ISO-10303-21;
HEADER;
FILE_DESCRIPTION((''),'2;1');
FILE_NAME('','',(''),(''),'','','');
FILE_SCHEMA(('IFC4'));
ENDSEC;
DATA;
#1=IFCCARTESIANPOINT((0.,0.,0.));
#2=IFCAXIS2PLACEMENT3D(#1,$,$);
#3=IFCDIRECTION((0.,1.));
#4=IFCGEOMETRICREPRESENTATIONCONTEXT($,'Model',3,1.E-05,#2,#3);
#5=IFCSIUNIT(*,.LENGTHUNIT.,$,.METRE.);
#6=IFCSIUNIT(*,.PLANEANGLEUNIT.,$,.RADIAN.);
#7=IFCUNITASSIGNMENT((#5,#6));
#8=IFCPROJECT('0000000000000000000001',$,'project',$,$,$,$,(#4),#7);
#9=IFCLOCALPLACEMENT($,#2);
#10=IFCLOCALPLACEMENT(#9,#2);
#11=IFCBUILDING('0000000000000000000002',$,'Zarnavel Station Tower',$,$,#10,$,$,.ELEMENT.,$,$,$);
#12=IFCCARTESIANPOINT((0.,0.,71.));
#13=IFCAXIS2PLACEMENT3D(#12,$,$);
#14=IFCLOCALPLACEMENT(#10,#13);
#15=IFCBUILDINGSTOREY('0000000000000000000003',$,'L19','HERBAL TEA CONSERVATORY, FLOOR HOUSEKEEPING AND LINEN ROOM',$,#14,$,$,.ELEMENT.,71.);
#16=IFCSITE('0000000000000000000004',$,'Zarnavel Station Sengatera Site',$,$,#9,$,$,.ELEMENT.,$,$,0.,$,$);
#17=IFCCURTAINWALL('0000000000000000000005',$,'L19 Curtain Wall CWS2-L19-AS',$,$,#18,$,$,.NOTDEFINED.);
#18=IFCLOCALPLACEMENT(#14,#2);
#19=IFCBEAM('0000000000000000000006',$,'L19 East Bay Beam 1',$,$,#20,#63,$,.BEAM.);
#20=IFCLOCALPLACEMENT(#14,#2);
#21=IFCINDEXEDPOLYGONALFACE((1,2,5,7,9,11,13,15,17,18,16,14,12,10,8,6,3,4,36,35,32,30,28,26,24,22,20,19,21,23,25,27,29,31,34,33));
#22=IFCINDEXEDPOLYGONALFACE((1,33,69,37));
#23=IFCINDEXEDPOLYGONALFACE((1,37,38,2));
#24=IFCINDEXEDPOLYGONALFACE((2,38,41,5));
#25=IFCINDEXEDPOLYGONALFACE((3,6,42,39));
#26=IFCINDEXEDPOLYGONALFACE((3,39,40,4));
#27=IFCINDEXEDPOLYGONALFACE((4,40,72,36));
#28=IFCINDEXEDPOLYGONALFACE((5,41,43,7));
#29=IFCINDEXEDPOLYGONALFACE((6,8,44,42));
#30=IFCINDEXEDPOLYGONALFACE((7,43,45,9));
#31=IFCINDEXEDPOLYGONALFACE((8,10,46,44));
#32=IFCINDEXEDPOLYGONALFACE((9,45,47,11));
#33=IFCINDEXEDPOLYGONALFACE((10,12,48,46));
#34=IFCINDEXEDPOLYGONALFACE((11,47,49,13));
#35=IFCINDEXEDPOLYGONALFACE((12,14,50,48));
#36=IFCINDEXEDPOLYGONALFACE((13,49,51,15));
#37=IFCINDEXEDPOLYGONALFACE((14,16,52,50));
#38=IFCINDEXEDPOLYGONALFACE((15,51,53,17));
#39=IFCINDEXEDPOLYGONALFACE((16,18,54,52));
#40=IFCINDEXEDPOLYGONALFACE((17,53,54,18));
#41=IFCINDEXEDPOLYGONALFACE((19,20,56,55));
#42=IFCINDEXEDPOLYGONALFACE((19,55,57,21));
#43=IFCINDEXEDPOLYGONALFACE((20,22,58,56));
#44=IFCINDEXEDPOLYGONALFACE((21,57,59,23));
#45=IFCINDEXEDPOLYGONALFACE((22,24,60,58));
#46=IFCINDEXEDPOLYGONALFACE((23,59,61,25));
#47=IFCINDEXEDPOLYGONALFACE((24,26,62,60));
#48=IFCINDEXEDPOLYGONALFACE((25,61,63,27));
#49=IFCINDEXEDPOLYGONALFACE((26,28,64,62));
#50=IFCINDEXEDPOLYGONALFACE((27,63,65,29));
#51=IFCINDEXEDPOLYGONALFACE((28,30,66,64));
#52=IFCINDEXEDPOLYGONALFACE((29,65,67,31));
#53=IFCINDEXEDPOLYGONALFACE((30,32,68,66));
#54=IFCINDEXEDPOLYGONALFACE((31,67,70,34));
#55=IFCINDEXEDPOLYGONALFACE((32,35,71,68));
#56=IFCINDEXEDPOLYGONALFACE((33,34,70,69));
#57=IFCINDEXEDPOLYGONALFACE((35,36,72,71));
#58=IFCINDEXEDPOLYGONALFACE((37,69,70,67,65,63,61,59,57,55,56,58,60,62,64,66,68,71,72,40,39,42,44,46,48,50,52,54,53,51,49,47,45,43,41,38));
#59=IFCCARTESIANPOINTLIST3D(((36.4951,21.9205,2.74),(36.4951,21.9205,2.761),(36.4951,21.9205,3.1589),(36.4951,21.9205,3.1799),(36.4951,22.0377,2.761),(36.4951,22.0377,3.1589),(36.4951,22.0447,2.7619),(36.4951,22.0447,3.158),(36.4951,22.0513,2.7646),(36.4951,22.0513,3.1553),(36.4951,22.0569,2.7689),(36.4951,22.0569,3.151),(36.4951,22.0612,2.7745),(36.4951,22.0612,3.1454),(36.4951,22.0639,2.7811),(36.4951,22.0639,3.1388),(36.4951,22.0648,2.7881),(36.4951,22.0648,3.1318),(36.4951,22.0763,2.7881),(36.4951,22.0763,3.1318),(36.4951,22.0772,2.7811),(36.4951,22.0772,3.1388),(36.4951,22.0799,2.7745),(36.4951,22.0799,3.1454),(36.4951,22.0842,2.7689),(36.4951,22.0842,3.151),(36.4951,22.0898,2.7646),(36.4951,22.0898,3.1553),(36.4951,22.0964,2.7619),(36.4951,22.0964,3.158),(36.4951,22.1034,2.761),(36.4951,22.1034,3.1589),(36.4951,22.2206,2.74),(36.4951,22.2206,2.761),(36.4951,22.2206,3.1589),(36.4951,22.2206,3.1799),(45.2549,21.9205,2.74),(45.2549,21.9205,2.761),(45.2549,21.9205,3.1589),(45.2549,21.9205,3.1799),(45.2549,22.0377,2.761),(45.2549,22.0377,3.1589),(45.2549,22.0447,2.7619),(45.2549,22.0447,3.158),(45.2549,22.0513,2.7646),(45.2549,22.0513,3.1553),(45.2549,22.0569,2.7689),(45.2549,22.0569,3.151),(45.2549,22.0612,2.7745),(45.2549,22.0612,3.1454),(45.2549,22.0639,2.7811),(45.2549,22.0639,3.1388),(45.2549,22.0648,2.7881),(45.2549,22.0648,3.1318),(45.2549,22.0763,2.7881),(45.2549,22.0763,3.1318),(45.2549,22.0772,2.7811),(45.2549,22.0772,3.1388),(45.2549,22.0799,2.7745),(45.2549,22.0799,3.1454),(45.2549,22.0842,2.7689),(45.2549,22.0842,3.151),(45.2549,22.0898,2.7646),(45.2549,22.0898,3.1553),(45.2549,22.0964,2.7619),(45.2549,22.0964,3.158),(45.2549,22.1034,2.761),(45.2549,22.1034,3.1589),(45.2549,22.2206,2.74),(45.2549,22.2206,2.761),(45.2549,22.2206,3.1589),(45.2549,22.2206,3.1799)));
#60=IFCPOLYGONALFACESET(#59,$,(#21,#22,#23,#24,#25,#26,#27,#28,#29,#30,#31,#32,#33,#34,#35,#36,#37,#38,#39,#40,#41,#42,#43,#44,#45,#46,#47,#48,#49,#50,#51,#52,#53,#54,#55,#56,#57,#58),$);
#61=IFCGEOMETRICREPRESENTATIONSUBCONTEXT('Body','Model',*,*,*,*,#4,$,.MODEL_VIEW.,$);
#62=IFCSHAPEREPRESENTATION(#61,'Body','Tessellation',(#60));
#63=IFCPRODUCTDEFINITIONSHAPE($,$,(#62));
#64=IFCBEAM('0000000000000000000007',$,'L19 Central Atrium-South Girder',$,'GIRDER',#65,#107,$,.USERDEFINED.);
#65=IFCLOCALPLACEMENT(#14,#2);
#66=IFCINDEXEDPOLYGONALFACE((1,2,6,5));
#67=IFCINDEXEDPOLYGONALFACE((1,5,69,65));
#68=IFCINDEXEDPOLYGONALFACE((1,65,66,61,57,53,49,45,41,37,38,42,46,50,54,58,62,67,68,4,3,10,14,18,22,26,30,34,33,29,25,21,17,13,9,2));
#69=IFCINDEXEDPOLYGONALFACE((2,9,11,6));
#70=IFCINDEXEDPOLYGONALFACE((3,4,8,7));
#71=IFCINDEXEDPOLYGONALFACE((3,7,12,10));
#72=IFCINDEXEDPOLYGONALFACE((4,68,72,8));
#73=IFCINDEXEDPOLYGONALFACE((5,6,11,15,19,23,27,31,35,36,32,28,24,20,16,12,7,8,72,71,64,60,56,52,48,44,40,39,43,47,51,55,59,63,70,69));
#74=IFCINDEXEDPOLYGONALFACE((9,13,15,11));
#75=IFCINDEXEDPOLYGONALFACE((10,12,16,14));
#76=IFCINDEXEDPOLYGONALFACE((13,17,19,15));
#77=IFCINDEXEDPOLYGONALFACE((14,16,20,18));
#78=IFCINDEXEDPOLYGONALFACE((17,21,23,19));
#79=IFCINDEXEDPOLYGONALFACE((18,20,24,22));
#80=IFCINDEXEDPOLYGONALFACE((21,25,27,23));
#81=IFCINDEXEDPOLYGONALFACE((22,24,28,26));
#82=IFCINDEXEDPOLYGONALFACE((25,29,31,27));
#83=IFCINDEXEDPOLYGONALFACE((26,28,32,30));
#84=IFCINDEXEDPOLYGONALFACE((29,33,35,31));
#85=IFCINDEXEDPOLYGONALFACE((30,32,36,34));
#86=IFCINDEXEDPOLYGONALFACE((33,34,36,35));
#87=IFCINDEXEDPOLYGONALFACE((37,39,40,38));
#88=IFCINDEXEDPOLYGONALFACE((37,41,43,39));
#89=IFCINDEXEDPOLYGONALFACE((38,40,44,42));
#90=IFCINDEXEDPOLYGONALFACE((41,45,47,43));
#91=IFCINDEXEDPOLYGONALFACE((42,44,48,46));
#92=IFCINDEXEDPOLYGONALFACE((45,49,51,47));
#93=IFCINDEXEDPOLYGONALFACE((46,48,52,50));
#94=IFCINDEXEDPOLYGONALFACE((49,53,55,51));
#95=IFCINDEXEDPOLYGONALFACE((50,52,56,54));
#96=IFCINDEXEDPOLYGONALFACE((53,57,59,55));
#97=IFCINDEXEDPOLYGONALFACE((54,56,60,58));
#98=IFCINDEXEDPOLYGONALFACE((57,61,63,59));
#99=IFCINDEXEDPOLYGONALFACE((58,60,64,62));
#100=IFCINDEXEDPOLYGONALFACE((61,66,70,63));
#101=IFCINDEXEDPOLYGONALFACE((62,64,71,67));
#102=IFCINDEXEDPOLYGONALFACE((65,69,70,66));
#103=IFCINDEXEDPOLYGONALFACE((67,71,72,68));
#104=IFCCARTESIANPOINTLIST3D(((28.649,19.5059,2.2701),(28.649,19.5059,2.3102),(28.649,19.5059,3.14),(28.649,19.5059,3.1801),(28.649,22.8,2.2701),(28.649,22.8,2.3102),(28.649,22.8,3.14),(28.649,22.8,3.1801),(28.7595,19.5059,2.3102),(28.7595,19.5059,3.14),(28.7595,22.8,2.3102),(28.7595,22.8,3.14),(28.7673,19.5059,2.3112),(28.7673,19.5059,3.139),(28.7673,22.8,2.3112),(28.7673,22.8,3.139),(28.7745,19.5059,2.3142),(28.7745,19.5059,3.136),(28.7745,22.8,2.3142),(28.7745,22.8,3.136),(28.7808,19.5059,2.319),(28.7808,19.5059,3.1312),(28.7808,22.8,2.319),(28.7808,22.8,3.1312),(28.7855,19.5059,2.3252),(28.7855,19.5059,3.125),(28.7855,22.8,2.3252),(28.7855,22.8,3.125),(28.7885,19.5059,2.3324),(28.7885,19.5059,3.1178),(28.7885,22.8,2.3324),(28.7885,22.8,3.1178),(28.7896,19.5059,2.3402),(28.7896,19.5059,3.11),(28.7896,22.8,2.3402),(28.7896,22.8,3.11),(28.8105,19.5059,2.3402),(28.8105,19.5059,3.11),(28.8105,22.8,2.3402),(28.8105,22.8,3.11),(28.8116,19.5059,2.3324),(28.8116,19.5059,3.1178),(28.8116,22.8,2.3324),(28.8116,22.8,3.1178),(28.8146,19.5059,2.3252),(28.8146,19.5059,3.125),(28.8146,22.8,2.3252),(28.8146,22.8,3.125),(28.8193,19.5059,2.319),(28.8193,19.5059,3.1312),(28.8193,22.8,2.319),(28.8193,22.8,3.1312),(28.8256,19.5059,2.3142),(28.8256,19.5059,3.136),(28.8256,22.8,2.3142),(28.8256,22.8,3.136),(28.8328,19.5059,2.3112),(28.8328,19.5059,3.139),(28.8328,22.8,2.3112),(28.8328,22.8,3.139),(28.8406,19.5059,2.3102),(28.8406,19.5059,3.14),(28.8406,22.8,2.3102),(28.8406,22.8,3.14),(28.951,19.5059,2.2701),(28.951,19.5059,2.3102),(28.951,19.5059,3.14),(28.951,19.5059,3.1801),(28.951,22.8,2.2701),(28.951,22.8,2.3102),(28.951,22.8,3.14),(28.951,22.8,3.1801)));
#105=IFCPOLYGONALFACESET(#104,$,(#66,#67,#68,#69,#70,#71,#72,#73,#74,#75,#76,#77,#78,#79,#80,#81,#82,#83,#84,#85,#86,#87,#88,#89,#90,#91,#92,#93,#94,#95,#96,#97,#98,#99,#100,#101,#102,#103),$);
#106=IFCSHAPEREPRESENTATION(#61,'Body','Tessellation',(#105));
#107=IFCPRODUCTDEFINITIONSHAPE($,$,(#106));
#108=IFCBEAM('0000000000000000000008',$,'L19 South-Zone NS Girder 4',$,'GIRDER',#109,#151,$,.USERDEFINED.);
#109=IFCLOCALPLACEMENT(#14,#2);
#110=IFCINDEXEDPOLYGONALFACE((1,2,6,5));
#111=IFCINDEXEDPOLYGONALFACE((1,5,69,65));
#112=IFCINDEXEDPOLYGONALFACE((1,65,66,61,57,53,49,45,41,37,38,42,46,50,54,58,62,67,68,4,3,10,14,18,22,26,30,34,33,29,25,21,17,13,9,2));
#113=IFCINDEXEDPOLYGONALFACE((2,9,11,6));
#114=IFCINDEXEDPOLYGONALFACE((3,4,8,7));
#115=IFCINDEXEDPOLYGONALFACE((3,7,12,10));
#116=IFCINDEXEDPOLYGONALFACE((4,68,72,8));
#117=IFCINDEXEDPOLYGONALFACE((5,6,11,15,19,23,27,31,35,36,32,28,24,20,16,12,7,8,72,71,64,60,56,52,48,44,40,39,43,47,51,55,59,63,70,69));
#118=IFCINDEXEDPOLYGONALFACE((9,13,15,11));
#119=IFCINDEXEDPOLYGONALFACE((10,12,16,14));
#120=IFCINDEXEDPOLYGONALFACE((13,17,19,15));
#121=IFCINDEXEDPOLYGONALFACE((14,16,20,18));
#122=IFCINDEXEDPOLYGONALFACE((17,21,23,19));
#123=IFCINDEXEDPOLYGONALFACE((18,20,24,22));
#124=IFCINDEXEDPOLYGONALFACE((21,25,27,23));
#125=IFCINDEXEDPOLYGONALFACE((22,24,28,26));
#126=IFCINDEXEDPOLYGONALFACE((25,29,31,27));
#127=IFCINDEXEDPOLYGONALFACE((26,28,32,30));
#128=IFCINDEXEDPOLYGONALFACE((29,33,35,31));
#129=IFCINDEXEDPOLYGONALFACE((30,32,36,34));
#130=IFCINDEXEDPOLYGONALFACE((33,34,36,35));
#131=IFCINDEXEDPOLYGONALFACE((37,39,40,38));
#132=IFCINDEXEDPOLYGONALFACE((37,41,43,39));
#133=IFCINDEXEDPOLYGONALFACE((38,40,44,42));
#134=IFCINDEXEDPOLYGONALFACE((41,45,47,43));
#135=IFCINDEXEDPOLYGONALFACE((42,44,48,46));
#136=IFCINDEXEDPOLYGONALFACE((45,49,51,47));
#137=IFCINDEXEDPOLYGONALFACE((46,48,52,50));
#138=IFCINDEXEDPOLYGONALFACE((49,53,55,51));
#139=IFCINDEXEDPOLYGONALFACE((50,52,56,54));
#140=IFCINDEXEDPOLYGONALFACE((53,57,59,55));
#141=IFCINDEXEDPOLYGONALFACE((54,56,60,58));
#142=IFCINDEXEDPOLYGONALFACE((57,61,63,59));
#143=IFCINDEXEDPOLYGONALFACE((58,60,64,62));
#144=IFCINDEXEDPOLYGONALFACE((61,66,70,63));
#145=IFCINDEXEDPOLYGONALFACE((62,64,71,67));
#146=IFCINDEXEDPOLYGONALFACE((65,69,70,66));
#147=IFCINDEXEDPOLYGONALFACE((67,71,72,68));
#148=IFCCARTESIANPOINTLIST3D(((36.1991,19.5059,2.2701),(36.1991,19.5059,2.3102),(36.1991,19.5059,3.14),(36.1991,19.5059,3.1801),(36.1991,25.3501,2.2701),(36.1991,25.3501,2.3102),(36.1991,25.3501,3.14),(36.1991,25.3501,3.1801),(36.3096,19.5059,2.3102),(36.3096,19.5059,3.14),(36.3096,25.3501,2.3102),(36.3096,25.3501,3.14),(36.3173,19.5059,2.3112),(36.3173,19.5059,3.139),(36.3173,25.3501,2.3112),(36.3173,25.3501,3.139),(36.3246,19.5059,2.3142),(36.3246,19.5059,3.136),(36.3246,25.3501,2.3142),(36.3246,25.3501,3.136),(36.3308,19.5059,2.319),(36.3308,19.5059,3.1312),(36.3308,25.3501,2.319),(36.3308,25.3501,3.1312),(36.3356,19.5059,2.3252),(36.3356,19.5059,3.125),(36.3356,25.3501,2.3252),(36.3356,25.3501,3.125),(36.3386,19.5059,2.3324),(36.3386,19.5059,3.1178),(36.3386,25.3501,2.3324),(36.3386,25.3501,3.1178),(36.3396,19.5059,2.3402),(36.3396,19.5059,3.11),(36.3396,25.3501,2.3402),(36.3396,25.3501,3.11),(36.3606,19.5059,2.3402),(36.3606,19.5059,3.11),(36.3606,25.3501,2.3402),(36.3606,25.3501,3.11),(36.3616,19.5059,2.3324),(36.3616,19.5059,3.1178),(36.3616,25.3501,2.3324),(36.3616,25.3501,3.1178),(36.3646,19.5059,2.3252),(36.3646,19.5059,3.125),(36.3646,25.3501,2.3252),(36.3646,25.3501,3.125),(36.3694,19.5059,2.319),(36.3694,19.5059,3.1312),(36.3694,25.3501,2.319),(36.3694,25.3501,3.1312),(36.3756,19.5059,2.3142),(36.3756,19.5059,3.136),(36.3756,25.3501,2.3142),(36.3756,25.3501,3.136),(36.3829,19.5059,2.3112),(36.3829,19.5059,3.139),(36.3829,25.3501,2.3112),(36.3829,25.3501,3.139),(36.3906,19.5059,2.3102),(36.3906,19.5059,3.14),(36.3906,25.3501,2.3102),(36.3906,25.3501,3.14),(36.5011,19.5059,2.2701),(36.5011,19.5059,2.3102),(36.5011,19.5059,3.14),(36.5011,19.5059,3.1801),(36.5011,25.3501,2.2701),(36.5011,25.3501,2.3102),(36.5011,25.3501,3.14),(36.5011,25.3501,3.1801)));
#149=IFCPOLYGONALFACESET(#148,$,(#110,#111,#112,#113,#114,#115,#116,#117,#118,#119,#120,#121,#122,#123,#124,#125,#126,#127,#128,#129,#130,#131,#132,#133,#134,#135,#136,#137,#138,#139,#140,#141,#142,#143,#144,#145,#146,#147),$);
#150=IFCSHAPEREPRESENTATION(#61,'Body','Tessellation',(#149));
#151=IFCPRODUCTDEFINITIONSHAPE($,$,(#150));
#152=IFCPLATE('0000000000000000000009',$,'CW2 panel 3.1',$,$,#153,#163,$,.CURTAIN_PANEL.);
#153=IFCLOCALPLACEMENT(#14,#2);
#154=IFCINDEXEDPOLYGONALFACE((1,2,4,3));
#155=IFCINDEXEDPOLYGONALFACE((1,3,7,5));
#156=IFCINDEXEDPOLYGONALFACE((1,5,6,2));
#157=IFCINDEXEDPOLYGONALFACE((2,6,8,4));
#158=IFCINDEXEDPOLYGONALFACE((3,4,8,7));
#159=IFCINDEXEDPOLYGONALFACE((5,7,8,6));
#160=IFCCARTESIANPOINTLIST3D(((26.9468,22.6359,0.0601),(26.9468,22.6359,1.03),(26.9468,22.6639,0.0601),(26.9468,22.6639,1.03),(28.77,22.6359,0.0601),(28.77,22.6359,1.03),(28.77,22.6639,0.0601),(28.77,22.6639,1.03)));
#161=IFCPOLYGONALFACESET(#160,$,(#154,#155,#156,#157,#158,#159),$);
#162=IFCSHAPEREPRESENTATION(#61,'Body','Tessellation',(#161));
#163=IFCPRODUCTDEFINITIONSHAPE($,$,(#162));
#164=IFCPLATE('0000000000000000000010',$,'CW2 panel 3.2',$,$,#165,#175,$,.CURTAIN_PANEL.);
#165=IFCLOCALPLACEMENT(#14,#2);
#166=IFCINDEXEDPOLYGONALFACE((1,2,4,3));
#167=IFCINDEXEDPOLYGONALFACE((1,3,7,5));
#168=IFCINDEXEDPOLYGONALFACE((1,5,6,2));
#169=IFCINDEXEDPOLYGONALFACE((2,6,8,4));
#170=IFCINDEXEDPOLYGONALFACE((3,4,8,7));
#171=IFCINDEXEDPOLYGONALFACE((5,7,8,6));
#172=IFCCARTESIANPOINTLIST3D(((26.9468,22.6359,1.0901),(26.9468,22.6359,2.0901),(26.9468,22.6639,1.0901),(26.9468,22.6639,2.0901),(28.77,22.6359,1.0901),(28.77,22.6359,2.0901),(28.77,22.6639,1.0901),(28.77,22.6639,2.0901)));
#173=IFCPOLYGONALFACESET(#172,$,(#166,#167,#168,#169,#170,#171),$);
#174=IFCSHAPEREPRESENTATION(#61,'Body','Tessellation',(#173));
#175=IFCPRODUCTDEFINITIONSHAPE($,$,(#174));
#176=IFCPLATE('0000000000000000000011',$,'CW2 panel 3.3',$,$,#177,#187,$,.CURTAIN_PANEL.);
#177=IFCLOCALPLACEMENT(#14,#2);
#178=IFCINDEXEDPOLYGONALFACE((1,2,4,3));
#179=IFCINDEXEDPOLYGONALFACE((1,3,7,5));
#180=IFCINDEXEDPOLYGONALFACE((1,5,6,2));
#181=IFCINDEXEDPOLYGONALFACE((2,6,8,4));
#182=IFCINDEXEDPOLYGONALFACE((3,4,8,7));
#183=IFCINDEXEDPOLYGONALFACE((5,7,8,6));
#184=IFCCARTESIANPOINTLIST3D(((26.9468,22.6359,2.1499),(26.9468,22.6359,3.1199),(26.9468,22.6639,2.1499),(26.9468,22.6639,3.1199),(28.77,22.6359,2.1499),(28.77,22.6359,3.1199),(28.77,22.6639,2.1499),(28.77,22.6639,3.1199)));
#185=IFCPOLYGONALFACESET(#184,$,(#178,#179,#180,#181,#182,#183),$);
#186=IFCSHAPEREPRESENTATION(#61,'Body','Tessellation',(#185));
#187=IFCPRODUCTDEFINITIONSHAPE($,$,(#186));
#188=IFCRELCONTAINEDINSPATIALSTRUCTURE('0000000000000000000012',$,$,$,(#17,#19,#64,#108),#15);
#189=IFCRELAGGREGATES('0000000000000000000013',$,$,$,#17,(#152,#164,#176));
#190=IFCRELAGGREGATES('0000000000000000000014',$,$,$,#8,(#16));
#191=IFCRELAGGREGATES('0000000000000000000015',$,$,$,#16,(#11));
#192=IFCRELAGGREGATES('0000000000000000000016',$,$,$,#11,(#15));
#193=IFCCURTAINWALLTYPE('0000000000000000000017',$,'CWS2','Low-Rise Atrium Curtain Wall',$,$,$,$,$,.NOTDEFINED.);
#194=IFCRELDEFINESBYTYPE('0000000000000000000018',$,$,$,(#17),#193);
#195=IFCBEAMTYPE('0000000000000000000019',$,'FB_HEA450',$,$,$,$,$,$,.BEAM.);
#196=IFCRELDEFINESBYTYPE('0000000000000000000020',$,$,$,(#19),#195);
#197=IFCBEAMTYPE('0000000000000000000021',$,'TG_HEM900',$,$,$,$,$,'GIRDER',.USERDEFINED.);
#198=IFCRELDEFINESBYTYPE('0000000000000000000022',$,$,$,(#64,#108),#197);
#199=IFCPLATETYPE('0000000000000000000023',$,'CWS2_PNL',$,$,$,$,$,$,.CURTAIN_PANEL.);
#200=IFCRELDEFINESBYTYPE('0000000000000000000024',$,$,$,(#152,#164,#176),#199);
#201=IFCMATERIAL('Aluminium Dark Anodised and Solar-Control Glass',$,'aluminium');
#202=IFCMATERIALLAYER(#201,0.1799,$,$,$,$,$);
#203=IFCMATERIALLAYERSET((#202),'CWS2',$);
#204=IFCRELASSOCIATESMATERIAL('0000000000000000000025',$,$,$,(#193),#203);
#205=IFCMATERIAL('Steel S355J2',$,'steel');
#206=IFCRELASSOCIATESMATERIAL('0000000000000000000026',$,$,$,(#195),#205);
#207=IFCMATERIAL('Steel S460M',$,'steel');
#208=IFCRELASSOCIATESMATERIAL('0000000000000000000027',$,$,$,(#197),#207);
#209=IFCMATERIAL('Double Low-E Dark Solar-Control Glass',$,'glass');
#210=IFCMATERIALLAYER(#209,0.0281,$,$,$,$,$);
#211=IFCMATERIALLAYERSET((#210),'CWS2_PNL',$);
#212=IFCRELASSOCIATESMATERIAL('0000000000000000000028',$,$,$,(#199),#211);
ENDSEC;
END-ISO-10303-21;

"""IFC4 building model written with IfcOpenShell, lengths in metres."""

from ifc_helpers import new_model, si_unit, direction, frame, origin, origin_2d, place, context, subcontext, project, spatial, rectangle, i_section, extrude, material, layer, layer_set, material_profile, profile_set, type_object, element, aggregate, save


model = new_model("IFC4")

# Units and contexts
model_context = context("Model", 3, precision=1e-05, world=origin(), true_north=direction((0.0, 1.0)))
body_context = subcontext(model_context, "Body", "Model", "MODEL_VIEW")
ifc_project = project(units=[si_unit("LENGTHUNIT", "METRE"), si_unit("PLANEANGLEUNIT", "RADIAN")], contexts=[model_context])

# Site, building, storey
site_placement = place(None, origin())
site = spatial("IfcSite", under=ifc_project, at=site_placement, Name="Zarnavel Station Sengatera Site", CompositionType="ELEMENT", RefElevation=0.0)
building_placement = place(site_placement, origin())
building = spatial("IfcBuilding", under=site, at=building_placement, Name="Zarnavel Station Tower", CompositionType="ELEMENT")
storey_placement = place(building_placement, frame((0.0, 0.0, 71.0)))
storey = spatial("IfcBuildingStorey", under=building, at=storey_placement, Name="L19", Description="HERBAL TEA CONSERVATORY, FLOOR HOUSEKEEPING AND LINEN ROOM", CompositionType="ELEMENT", Elevation=71.0)

# Curtain wall
ifc_material_1 = material(Name="Aluminium Dark Anodised and Solar-Control Glass", Category="aluminium")
ifc_layer_1 = layer(ifc_material_1, 0.1799)
ifc_layer_set_1 = layer_set([ifc_layer_1], Name="CWS2")
curtain_wall_type = type_object("IfcCurtainWallType", Name="CWS2", Description="Low-Rise Atrium Curtain Wall", PredefinedType="NOTDEFINED", material=ifc_layer_set_1)
curtain_wall_placement = place(storey_placement, origin())
curtain_wall = element("IfcCurtainWall", 1, at=curtain_wall_placement, inside=storey, type_object=curtain_wall_type, Name="L19 Curtain Wall CWS2-L19-AS", PredefinedType="NOTDEFINED")

# Beams
ifc_material_2 = material(Name="Steel S355J2", Category="steel")
ifc_material_profile_1 = material_profile(ifc_material_2, i_section(OverallWidth=0.3, OverallDepth=0.4399, WebThickness=0.0115, FlangeThickness=0.021, FilletRadius=0.0271, at=origin_2d()), Name="HEA450")
ifc_profile_set_1 = profile_set([ifc_material_profile_1], Name="Steel S355J2")
beam_type_1 = type_object("IfcBeamType", Name="FB_HEA450", PredefinedType="BEAM", material=ifc_profile_set_1)
beam_1_placement = place(storey_placement, frame((36.4951, 22.0706, 2.96), z_axis=(1.0, 0.0, 0.0), x_axis=(0.0, 1.0, 0.0)))
element("IfcBeam", 2, at=beam_1_placement, inside=storey, type_object=beam_type_1, Name="L19 East Bay Beam 1", PredefinedType="BEAM", context=body_context, shape_type="SweptSolid", body=[
    extrude(i_section(OverallWidth=0.3, OverallDepth=0.4399, WebThickness=0.0115, FlangeThickness=0.021, FilletRadius=0.0271, at=origin_2d()), origin(), (0.0, 0.0, 1.0), 8.7598),
])
ifc_material_3 = material(Name="Steel S460M", Category="steel")
ifc_material_profile_2 = material_profile(ifc_material_3, i_section(OverallWidth=0.302, OverallDepth=0.9099, WebThickness=0.021, FlangeThickness=0.04, FilletRadius=0.03, at=origin_2d()), Name="HEM900")
ifc_profile_set_2 = profile_set([ifc_material_profile_2], Name="Steel S460M")
beam_type_2 = type_object("IfcBeamType", Name="TG_HEM900", ElementType="GIRDER", PredefinedType="USERDEFINED", material=ifc_profile_set_2)
beam_2_placement = place(storey_placement, frame((28.8, 19.5059, 2.7251), z_axis=(0.0, 1.0, 0.0), x_axis=(-1.0, 0.0, 0.0)))
element("IfcBeam", 3, at=beam_2_placement, inside=storey, type_object=beam_type_2, Name="L19 Central Atrium-South Girder", ObjectType="GIRDER", PredefinedType="USERDEFINED", context=body_context, shape_type="SweptSolid", body=[
    extrude(i_section(OverallWidth=0.302, OverallDepth=0.9099, WebThickness=0.021, FlangeThickness=0.04, FilletRadius=0.03, at=origin_2d()), origin(), (0.0, 0.0, 1.0), 3.2942),
])
beam_3_placement = place(storey_placement, frame((36.3501, 19.5059, 2.7251), z_axis=(0.0, 1.0, 0.0), x_axis=(-1.0, 0.0, 0.0)))
element("IfcBeam", 4, at=beam_3_placement, inside=storey, type_object=beam_type_2, Name="L19 South-Zone NS Girder 4", ObjectType="GIRDER", PredefinedType="USERDEFINED", context=body_context, shape_type="SweptSolid", body=[
    extrude(i_section(OverallWidth=0.302, OverallDepth=0.9099, WebThickness=0.021, FlangeThickness=0.04, FilletRadius=0.03, at=origin_2d()), origin(), (0.0, 0.0, 1.0), 5.8442),
])

# Plates
ifc_material_4 = material(Name="Double Low-E Dark Solar-Control Glass", Category="glass")
ifc_layer_2 = layer(ifc_material_4, 0.0281)
ifc_layer_set_2 = layer_set([ifc_layer_2], Name="CWS2_PNL")
plate_type_1 = type_object("IfcPlateType", Name="CWS2_PNL", PredefinedType="CURTAIN_PANEL", material=ifc_layer_set_2)
plate_1_placement = place(storey_placement, frame((27.8584, 22.6499, 0.0601), z_axis=(0.0, 0.0, 1.0), x_axis=(1.0, 0.0, 0.0)))
plate_1 = element("IfcPlate", 5, at=plate_1_placement, type_object=plate_type_1, Name="CW2 panel 3.1", PredefinedType="CURTAIN_PANEL", context=body_context, shape_type="SweptSolid", body=[
    extrude(rectangle(XDim=1.8232, YDim=0.0281, at=origin_2d()), origin(), (0.0, 0.0, 1.0), 0.97),
])
plate_2_placement = place(storey_placement, frame((27.8584, 22.6499, 1.0901), z_axis=(0.0, 0.0, 1.0), x_axis=(1.0, 0.0, 0.0)))
plate_2 = element("IfcPlate", 6, at=plate_2_placement, type_object=plate_type_1, Name="CW2 panel 3.2", PredefinedType="CURTAIN_PANEL", context=body_context, shape_type="SweptSolid", body=[
    extrude(rectangle(XDim=1.8232, YDim=0.0281, at=origin_2d()), origin(), (0.0, 0.0, 1.0), 1.0),
])
plate_3_placement = place(storey_placement, frame((27.8584, 22.6499, 2.1499), z_axis=(0.0, 0.0, 1.0), x_axis=(1.0, 0.0, 0.0)))
plate_3 = element("IfcPlate", 7, at=plate_3_placement, type_object=plate_type_1, Name="CW2 panel 3.3", PredefinedType="CURTAIN_PANEL", context=body_context, shape_type="SweptSolid", body=[
    extrude(rectangle(XDim=1.8232, YDim=0.0281, at=origin_2d()), origin(), (0.0, 0.0, 1.0), 0.97),
])
aggregate(curtain_wall, [plate_1, plate_2, plate_3])

save(model, "model.ifc")
